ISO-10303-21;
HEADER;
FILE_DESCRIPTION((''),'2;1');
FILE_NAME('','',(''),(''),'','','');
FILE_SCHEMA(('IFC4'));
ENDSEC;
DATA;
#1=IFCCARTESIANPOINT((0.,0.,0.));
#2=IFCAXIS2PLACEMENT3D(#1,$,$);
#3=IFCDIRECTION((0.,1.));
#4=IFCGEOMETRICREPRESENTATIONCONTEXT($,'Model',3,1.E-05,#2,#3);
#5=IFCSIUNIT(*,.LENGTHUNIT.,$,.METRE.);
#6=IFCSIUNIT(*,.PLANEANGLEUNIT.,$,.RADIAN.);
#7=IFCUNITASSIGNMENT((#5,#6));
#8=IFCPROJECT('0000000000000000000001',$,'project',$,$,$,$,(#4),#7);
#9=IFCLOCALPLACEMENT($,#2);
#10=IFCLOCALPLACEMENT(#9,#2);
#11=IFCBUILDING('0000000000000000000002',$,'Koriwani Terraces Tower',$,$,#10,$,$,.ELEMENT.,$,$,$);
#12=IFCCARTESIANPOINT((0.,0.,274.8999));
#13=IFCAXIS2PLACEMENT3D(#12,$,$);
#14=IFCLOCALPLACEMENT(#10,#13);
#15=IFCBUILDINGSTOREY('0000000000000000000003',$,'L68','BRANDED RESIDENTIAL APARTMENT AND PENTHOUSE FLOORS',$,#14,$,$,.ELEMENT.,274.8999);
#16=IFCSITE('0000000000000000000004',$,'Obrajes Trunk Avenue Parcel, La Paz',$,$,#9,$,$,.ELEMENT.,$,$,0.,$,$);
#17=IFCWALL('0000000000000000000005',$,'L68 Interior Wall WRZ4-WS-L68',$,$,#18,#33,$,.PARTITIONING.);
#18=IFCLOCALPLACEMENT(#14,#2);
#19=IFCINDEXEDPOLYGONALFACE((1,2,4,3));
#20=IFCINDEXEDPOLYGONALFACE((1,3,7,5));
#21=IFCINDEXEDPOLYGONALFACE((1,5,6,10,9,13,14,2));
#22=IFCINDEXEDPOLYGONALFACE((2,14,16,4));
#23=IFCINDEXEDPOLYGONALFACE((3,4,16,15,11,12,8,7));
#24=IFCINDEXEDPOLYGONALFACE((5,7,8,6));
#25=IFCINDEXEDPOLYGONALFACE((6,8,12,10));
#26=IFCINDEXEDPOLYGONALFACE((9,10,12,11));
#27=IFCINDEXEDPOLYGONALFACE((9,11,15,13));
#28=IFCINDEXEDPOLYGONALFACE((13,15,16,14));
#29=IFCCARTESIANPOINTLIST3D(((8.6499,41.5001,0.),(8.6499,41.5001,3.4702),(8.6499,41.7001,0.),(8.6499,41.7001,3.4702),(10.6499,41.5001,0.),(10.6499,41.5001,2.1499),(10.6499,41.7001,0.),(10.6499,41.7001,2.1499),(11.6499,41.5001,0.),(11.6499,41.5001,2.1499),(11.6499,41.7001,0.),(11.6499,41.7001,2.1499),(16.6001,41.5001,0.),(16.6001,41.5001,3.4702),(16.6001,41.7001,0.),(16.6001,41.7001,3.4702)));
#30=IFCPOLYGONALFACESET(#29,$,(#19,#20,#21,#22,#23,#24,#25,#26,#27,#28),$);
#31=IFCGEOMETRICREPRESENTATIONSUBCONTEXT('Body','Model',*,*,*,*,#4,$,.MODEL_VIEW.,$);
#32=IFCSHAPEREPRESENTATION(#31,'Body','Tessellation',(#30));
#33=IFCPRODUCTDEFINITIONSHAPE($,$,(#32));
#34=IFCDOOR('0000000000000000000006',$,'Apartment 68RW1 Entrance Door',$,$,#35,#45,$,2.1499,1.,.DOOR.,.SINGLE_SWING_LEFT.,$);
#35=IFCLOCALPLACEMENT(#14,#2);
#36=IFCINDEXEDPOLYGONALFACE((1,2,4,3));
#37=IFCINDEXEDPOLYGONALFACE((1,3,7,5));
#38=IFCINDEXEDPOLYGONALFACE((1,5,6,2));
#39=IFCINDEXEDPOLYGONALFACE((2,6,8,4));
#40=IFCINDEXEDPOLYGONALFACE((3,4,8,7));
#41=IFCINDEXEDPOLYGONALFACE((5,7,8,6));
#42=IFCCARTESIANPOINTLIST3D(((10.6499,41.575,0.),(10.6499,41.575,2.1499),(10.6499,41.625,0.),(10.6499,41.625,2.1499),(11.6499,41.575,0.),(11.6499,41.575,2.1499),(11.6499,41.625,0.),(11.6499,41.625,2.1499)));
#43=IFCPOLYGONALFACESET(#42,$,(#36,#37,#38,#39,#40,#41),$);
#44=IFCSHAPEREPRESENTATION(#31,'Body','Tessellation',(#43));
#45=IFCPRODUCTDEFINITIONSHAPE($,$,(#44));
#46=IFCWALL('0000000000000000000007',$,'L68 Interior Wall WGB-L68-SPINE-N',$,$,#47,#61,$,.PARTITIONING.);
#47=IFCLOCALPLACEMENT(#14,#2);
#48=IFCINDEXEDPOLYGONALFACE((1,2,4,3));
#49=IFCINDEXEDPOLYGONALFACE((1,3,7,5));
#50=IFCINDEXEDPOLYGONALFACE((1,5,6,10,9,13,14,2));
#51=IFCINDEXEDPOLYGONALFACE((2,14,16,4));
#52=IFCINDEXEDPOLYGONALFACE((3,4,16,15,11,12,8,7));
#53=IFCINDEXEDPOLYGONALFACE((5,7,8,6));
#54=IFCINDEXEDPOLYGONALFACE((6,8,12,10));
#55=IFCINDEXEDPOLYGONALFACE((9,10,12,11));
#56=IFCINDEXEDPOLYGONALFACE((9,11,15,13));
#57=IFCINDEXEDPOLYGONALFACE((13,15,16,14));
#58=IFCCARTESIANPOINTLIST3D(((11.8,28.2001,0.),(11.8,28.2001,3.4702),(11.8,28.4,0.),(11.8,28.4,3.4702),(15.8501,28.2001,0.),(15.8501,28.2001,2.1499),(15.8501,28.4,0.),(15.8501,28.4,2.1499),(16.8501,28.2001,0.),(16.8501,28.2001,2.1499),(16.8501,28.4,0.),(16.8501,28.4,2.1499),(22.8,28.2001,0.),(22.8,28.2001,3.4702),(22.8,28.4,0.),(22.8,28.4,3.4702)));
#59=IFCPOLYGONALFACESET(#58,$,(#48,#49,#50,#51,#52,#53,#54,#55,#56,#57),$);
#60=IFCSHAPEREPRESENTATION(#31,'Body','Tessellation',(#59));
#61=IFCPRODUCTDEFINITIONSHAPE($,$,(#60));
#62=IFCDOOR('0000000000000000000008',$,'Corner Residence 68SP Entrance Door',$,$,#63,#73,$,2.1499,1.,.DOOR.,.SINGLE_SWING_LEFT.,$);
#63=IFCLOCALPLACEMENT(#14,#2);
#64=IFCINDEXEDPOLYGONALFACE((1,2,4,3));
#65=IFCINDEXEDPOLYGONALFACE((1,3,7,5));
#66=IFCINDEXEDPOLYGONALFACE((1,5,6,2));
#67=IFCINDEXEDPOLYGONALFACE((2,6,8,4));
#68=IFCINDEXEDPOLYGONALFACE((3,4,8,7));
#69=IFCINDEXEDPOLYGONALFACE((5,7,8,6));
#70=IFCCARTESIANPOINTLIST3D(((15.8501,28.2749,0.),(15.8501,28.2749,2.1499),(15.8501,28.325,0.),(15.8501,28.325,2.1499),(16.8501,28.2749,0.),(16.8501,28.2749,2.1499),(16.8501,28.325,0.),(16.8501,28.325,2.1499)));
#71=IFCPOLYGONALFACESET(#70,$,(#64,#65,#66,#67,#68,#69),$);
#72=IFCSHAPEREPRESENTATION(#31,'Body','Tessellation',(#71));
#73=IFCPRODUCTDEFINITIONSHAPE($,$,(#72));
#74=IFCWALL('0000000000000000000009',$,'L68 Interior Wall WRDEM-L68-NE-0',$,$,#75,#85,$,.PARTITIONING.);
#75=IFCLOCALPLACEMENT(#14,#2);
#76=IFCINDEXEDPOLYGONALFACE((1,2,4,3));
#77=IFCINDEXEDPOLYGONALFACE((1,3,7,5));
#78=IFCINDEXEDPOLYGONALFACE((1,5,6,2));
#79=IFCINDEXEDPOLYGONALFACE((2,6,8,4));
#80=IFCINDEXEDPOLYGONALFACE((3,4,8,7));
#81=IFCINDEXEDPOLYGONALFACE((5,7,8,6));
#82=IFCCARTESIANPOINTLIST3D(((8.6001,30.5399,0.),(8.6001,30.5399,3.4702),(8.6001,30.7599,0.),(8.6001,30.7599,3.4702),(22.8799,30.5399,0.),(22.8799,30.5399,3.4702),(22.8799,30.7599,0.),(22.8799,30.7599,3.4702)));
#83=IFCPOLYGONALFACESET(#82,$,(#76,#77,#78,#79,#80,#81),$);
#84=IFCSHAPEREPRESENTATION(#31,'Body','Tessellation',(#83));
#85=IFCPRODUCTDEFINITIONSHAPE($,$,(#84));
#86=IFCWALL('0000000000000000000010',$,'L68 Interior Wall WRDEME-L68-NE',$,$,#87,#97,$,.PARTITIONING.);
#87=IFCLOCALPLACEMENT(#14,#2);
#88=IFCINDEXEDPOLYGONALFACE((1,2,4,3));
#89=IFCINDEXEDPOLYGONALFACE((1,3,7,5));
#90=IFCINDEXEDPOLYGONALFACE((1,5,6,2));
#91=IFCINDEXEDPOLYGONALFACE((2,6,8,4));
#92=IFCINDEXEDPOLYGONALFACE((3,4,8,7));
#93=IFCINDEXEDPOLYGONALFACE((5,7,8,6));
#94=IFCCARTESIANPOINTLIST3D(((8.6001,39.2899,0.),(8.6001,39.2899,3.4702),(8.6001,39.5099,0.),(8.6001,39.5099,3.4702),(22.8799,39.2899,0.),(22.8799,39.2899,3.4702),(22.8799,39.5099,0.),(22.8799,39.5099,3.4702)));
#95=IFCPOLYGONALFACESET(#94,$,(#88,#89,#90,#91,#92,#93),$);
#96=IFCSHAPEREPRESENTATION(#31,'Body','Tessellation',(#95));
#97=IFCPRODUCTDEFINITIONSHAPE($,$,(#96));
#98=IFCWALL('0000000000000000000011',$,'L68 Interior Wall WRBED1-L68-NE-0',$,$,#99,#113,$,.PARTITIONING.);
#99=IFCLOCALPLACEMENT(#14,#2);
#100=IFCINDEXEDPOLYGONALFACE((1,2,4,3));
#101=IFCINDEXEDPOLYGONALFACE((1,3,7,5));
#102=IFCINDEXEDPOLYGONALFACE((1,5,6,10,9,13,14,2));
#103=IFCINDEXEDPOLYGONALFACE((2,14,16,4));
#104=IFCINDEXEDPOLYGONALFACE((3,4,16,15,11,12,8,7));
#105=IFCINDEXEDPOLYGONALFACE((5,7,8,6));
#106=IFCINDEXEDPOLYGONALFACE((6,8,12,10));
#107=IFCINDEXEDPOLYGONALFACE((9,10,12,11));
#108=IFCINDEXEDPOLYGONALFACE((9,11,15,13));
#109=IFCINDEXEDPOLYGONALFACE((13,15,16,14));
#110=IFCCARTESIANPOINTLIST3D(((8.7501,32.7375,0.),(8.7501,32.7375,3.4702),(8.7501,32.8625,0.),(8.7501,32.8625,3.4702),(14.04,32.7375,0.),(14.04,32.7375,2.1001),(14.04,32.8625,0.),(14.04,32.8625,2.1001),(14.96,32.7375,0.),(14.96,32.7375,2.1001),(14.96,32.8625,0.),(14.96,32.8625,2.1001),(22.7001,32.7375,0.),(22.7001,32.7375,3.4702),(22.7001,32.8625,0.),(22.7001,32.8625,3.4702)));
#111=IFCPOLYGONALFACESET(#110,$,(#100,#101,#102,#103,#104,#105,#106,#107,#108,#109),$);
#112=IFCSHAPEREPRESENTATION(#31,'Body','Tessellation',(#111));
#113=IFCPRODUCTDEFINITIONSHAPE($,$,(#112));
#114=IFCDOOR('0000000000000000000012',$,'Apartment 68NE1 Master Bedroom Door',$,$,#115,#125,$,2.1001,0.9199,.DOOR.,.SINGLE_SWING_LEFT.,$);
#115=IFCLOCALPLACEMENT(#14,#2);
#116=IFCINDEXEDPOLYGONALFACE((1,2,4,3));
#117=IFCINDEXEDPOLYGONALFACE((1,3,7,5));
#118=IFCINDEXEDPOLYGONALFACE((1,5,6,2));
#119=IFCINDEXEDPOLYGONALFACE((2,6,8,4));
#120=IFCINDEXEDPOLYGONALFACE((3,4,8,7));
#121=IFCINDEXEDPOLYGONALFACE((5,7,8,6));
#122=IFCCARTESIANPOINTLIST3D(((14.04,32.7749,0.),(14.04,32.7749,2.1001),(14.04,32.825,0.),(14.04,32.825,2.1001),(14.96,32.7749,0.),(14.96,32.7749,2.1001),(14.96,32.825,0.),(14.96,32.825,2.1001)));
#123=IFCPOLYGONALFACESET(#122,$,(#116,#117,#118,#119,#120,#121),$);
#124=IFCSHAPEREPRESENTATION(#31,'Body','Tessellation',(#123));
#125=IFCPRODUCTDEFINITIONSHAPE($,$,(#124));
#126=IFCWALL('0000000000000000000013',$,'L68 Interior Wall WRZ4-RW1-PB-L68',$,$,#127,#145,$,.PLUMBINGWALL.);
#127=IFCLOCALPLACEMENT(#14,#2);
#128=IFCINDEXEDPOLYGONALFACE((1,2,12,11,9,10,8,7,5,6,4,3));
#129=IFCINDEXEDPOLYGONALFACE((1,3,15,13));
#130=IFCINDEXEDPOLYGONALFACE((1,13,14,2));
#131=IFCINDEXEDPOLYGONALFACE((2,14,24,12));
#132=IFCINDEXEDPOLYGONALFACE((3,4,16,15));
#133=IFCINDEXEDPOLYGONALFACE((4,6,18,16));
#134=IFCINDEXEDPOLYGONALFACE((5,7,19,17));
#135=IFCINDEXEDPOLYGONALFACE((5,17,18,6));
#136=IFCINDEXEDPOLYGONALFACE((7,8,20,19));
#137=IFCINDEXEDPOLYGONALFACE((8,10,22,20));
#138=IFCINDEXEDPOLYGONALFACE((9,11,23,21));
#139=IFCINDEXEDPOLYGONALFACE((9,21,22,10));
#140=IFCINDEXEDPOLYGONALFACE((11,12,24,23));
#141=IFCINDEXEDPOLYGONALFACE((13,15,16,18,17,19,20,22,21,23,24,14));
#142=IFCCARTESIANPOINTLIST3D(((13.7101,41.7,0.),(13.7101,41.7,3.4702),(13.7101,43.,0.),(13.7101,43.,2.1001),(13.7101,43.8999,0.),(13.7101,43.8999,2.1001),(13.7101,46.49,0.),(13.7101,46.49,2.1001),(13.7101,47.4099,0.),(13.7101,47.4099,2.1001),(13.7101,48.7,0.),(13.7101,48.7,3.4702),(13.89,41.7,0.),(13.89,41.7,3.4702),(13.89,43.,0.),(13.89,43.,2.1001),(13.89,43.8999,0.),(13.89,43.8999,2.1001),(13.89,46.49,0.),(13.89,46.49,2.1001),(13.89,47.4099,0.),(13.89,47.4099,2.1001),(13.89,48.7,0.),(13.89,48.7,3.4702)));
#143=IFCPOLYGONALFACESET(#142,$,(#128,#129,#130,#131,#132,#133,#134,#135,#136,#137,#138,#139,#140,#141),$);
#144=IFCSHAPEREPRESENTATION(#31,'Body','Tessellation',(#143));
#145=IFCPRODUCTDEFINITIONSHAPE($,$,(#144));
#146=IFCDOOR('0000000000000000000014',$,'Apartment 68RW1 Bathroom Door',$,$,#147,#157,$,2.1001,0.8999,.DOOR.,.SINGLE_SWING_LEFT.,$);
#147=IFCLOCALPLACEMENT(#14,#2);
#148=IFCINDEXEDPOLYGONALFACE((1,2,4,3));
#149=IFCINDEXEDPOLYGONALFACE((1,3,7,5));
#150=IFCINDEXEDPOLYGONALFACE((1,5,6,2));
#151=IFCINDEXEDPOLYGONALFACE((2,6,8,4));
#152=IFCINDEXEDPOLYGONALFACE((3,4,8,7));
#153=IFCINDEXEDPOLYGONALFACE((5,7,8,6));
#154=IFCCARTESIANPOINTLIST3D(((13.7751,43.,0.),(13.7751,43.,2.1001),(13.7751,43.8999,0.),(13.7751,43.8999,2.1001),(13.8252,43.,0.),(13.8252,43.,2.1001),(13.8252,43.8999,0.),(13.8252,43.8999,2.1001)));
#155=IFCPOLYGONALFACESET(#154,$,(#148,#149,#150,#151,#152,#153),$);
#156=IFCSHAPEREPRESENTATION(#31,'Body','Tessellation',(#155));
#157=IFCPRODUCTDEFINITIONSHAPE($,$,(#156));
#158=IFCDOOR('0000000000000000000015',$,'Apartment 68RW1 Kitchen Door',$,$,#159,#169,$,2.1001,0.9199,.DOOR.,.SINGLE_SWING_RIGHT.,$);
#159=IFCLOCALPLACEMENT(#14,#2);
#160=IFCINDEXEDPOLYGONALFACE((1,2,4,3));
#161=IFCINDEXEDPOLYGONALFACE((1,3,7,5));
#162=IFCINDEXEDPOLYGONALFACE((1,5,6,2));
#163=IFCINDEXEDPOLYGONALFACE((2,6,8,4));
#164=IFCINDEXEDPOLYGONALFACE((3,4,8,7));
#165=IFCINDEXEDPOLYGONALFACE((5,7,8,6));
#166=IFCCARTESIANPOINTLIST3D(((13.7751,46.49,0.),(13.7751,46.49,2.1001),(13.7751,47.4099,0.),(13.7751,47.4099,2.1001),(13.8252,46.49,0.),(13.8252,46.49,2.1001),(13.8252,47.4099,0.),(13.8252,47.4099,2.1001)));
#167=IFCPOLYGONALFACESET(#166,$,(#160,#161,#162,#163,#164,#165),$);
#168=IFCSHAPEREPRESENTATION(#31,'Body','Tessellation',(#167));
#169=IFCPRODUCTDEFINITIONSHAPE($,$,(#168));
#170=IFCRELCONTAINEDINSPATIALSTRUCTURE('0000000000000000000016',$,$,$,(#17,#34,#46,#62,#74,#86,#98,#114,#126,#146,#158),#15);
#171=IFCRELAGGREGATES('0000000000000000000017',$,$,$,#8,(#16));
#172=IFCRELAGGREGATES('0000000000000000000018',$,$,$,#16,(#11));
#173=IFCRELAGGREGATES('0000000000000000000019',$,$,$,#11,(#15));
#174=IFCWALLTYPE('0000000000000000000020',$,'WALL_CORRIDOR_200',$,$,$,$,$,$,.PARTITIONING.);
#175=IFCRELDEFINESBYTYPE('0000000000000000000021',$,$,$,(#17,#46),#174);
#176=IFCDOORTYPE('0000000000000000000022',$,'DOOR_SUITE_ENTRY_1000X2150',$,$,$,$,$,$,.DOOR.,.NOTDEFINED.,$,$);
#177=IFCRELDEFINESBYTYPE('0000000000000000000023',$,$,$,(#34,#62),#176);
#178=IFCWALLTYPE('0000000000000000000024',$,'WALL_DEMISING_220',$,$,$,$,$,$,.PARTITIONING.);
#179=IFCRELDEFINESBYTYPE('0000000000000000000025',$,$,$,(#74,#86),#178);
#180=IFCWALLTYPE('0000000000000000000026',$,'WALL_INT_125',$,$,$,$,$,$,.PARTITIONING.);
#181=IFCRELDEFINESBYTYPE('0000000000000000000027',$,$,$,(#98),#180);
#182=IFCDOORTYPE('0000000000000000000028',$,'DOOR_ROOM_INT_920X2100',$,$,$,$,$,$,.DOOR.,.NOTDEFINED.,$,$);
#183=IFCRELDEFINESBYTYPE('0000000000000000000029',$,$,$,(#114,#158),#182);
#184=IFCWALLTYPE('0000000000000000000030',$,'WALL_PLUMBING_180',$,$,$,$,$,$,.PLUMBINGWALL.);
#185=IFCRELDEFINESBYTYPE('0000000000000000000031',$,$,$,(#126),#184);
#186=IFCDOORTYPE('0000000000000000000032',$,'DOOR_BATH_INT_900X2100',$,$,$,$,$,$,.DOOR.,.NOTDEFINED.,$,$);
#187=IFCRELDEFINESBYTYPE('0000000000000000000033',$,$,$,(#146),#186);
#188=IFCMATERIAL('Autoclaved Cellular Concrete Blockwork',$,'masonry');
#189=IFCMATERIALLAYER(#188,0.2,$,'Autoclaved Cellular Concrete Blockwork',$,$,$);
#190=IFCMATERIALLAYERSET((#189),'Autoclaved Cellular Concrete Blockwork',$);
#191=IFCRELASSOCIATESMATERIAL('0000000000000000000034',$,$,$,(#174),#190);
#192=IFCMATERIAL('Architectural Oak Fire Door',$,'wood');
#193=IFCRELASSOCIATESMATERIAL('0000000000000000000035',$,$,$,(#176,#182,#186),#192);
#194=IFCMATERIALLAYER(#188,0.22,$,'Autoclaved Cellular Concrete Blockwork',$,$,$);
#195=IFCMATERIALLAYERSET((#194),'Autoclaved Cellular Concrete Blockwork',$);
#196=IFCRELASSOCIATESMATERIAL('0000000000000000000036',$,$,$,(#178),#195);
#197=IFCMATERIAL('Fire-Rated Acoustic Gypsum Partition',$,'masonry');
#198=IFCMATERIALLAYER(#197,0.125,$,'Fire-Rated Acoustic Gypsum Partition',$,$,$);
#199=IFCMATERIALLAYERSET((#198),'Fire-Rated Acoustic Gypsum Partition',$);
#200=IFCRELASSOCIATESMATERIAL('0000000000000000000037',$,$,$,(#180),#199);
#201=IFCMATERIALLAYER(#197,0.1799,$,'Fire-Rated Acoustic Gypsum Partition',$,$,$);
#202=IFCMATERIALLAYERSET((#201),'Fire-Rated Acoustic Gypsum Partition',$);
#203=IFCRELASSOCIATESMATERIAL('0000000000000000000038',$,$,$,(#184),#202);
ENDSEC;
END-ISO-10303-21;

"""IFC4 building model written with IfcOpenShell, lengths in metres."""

from ifc_helpers import new_model, si_unit, direction, frame, frame_2d, origin, place, context, subcontext, project, spatial, rectangle, extrude, material, layer, layer_set, type_object, element, fill, save


model = new_model("IFC4")

# Units and contexts
model_context = context("Model", 3, precision=1e-05, world=origin(), true_north=direction((0.0, 1.0)))
body_context = subcontext(model_context, "Body", "Model", "MODEL_VIEW")
ifc_project = project(units=[si_unit("LENGTHUNIT", "METRE"), si_unit("PLANEANGLEUNIT", "RADIAN")], contexts=[model_context])

# Site, building, storey
site_placement = place(None, origin())
site = spatial("IfcSite", under=ifc_project, at=site_placement, Name="Obrajes Trunk Avenue Parcel, La Paz", CompositionType="ELEMENT", RefElevation=0.0)
building_placement = place(site_placement, origin())
building = spatial("IfcBuilding", under=site, at=building_placement, Name="Koriwani Terraces Tower", CompositionType="ELEMENT")
storey_placement = place(building_placement, frame((0.0, 0.0, 274.8999)))
storey = spatial("IfcBuildingStorey", under=building, at=storey_placement, Name="L68", Description="BRANDED RESIDENTIAL APARTMENT AND PENTHOUSE FLOORS", CompositionType="ELEMENT", Elevation=274.8999)

# Walls, openings, doors
ifc_material_1 = material(Name="Autoclaved Cellular Concrete Blockwork", Category="masonry")
ifc_layer_1 = layer(ifc_material_1, 0.2, Name="Autoclaved Cellular Concrete Blockwork")
ifc_layer_set_1 = layer_set([ifc_layer_1], Name="Autoclaved Cellular Concrete Blockwork")
wall_type_1 = type_object("IfcWallType", Name="WALL_CORRIDOR_200", PredefinedType="PARTITIONING", material=ifc_layer_set_1)
wall_1_placement = place(storey_placement, frame((8.6499, 41.6001, 0.0), z_axis=(0.0, 0.0, 1.0), x_axis=(1.0, 0.0, 0.0)))
wall_1 = element("IfcWall", 1, at=wall_1_placement, inside=storey, type_object=wall_type_1, Name="L68 Interior Wall WRZ4-WS-L68", PredefinedType="PARTITIONING", context=body_context, shape_type="SweptSolid", body=[
    extrude(rectangle(XDim=7.9502, YDim=0.2, at=frame_2d((3.9751, 0.0))), origin(), (0.0, 0.0, 1.0), 3.4702),
])
opening_1_placement = place(wall_1_placement, frame((2.0, 0.0, 0.0)))
opening_1 = element("IfcOpeningElement", 2, at=opening_1_placement, cuts=wall_1, PredefinedType="OPENING", context=body_context, shape_type="SweptSolid", body=[
    extrude(rectangle(XDim=1.0, YDim=2.1499, at=frame_2d((0.5, 1.075))), frame((0.0, 0.1099, 0.0), z_axis=(0.0, -1.0, 0.0), x_axis=(1.0, 0.0, 0.0)), (0.0, 0.0, 1.0), 0.22),
])
ifc_material_2 = material(Name="Architectural Oak Fire Door", Category="wood")
door_type_1 = type_object("IfcDoorType", Name="DOOR_SUITE_ENTRY_1000X2150", OperationType="NOTDEFINED", PredefinedType="DOOR", material=ifc_material_2)
door_1_placement = place(opening_1_placement, origin())
door_1 = element("IfcDoor", 3, at=door_1_placement, inside=storey, type_object=door_type_1, Name="Apartment 68RW1 Entrance Door", OperationType="SINGLE_SWING_LEFT", OverallHeight=2.1499, OverallWidth=1.0, PredefinedType="DOOR", context=body_context, shape_type="SweptSolid", body=[
    extrude(rectangle(XDim=1.0, YDim=2.1499, at=frame_2d((0.5, 1.075))), frame((0.0, 0.0249, 0.0), z_axis=(0.0, -1.0, 0.0), x_axis=(1.0, 0.0, 0.0)), (0.0, 0.0, 1.0), 0.05),
])
fill(opening_1, door_1)
wall_2_placement = place(storey_placement, frame((11.8, 28.3, 0.0), z_axis=(0.0, 0.0, 1.0), x_axis=(1.0, 0.0, 0.0)))
wall_2 = element("IfcWall", 4, at=wall_2_placement, inside=storey, type_object=wall_type_1, Name="L68 Interior Wall WGB-L68-SPINE-N", PredefinedType="PARTITIONING", context=body_context, shape_type="SweptSolid", body=[
    extrude(rectangle(XDim=11.0, YDim=0.2, at=frame_2d((5.5, 0.0))), origin(), (0.0, 0.0, 1.0), 3.4702),
])
opening_2_placement = place(wall_2_placement, frame((4.05, 0.0, 0.0)))
opening_2 = element("IfcOpeningElement", 5, at=opening_2_placement, cuts=wall_2, PredefinedType="OPENING", context=body_context, shape_type="SweptSolid", body=[
    extrude(rectangle(XDim=1.0, YDim=2.1499, at=frame_2d((0.5, 1.075))), frame((0.0, 0.1099, 0.0), z_axis=(0.0, -1.0, 0.0), x_axis=(1.0, 0.0, 0.0)), (0.0, 0.0, 1.0), 0.22),
])
door_2_placement = place(opening_2_placement, origin())
door_2 = element("IfcDoor", 6, at=door_2_placement, inside=storey, type_object=door_type_1, Name="Corner Residence 68SP Entrance Door", OperationType="SINGLE_SWING_LEFT", OverallHeight=2.1499, OverallWidth=1.0, PredefinedType="DOOR", context=body_context, shape_type="SweptSolid", body=[
    extrude(rectangle(XDim=1.0, YDim=2.1499, at=frame_2d((0.5, 1.075))), frame((0.0, 0.0249, 0.0), z_axis=(0.0, -1.0, 0.0), x_axis=(1.0, 0.0, 0.0)), (0.0, 0.0, 1.0), 0.05),
])
fill(opening_2, door_2)

# Walls
ifc_layer_2 = layer(ifc_material_1, 0.22, Name="Autoclaved Cellular Concrete Blockwork")
ifc_layer_set_2 = layer_set([ifc_layer_2], Name="Autoclaved Cellular Concrete Blockwork")
wall_type_2 = type_object("IfcWallType", Name="WALL_DEMISING_220", PredefinedType="PARTITIONING", material=ifc_layer_set_2)
for number, where, z_axis, x_axis, name in (
    (7, (8.6001, 30.6499, 0.0), (0.0, 0.0, 1.0), (1.0, 0.0, 0.0), "L68 Interior Wall WRDEM-L68-NE-0"),
    (8, (8.6001, 39.3999, 0.0), (0.0, 0.0, 1.0), (1.0, 0.0, 0.0), "L68 Interior Wall WRDEME-L68-NE"),
):
    element("IfcWall", number, at=place(storey_placement, frame(where, z_axis=z_axis, x_axis=x_axis)), inside=storey, type_object=wall_type_2, Name=name, PredefinedType="PARTITIONING", context=body_context, shape_type="SweptSolid", body=[
        extrude(rectangle(XDim=14.2798, YDim=0.22, at=frame_2d((7.1399, 0.0))), origin(), (0.0, 0.0, 1.0), 3.4702),
    ])

# Wall, opening, door
ifc_material_3 = material(Name="Fire-Rated Acoustic Gypsum Partition", Category="masonry")
ifc_layer_3 = layer(ifc_material_3, 0.125, Name="Fire-Rated Acoustic Gypsum Partition")
ifc_layer_set_3 = layer_set([ifc_layer_3], Name="Fire-Rated Acoustic Gypsum Partition")
wall_type_3 = type_object("IfcWallType", Name="WALL_INT_125", PredefinedType="PARTITIONING", material=ifc_layer_set_3)
wall_3_placement = place(storey_placement, frame((8.75, 32.8, 0.0), z_axis=(0.0, 0.0, 1.0), x_axis=(1.0, 0.0, 0.0)))
wall_3 = element("IfcWall", 9, at=wall_3_placement, inside=storey, type_object=wall_type_3, Name="L68 Interior Wall WRBED1-L68-NE-0", PredefinedType="PARTITIONING", context=body_context, shape_type="SweptSolid", body=[
    extrude(rectangle(XDim=13.95, YDim=0.125, at=frame_2d((6.9751, 0.0))), origin(), (0.0, 0.0, 1.0), 3.4702),
])
opening_3_placement = place(wall_3_placement, frame((5.29, 0.0, 0.0)))
opening_3 = element("IfcOpeningElement", 10, at=opening_3_placement, cuts=wall_3, PredefinedType="OPENING", context=body_context, shape_type="SweptSolid", body=[
    extrude(rectangle(XDim=0.9199, YDim=2.1001, at=frame_2d((0.46, 1.05))), frame((0.0, 0.0725, 0.0), z_axis=(0.0, -1.0, 0.0), x_axis=(1.0, 0.0, 0.0)), (0.0, 0.0, 1.0), 0.145),
])
door_type_2 = type_object("IfcDoorType", Name="DOOR_ROOM_INT_920X2100", OperationType="NOTDEFINED", PredefinedType="DOOR", material=ifc_material_2)
door_3_placement = place(opening_3_placement, origin())
door_3 = element("IfcDoor", 11, at=door_3_placement, inside=storey, type_object=door_type_2, Name="Apartment 68NE1 Master Bedroom Door", OperationType="SINGLE_SWING_LEFT", OverallHeight=2.1001, OverallWidth=0.9199, PredefinedType="DOOR", context=body_context, shape_type="SweptSolid", body=[
    extrude(rectangle(XDim=0.9199, YDim=2.1001, at=frame_2d((0.46, 1.05))), frame((0.0, 0.0249, 0.0), z_axis=(0.0, -1.0, 0.0), x_axis=(1.0, 0.0, 0.0)), (0.0, 0.0, 1.0), 0.05),
])
fill(opening_3, door_3)

# Wall, openings, doors
ifc_layer_4 = layer(ifc_material_3, 0.1799, Name="Fire-Rated Acoustic Gypsum Partition")
ifc_layer_set_4 = layer_set([ifc_layer_4], Name="Fire-Rated Acoustic Gypsum Partition")
wall_type_4 = type_object("IfcWallType", Name="WALL_PLUMBING_180", PredefinedType="PLUMBINGWALL", material=ifc_layer_set_4)
wall_4_placement = place(storey_placement, frame((13.8, 41.7, 0.0), z_axis=(0.0, 0.0, 1.0), x_axis=(0.0, 1.0, 0.0)))
wall_4 = element("IfcWall", 12, at=wall_4_placement, inside=storey, type_object=wall_type_4, Name="L68 Interior Wall WRZ4-RW1-PB-L68", PredefinedType="PLUMBINGWALL", context=body_context, shape_type="SweptSolid", body=[
    extrude(rectangle(XDim=7.0, YDim=0.1799, at=frame_2d((3.5, 0.0))), origin(), (0.0, 0.0, 1.0), 3.4702),
])
opening_4_placement = place(wall_4_placement, frame((1.3, 0.0, 0.0)))
opening_4 = element("IfcOpeningElement", 13, at=opening_4_placement, cuts=wall_4, PredefinedType="OPENING", context=body_context, shape_type="SweptSolid", body=[
    extrude(rectangle(XDim=0.8999, YDim=2.1001, at=frame_2d((0.45, 1.05))), frame((0.0, 0.1001, 0.0), z_axis=(0.0, -1.0, 0.0), x_axis=(1.0, 0.0, 0.0)), (0.0, 0.0, 1.0), 0.2),
])
opening_5_placement = place(wall_4_placement, frame((4.79, 0.0, 0.0)))
opening_5 = element("IfcOpeningElement", 14, at=opening_5_placement, cuts=wall_4, PredefinedType="OPENING", context=body_context, shape_type="SweptSolid", body=[
    extrude(rectangle(XDim=0.9199, YDim=2.1001, at=frame_2d((0.46, 1.05))), frame((0.0, 0.1001, 0.0), z_axis=(0.0, -1.0, 0.0), x_axis=(1.0, 0.0, 0.0)), (0.0, 0.0, 1.0), 0.2),
])
door_type_3 = type_object("IfcDoorType", Name="DOOR_BATH_INT_900X2100", OperationType="NOTDEFINED", PredefinedType="DOOR", material=ifc_material_2)
door_4_placement = place(opening_4_placement, origin())
door_4 = element("IfcDoor", 15, at=door_4_placement, inside=storey, type_object=door_type_3, Name="Apartment 68RW1 Bathroom Door", OperationType="SINGLE_SWING_LEFT", OverallHeight=2.1001, OverallWidth=0.8999, PredefinedType="DOOR", context=body_context, shape_type="SweptSolid", body=[
    extrude(rectangle(XDim=0.8999, YDim=2.1001, at=frame_2d((0.45, 1.05))), frame((0.0, 0.0249, 0.0), z_axis=(0.0, -1.0, 0.0), x_axis=(1.0, 0.0, 0.0)), (0.0, 0.0, 1.0), 0.05),
])
fill(opening_4, door_4)
door_5_placement = place(opening_5_placement, origin())
door_5 = element("IfcDoor", 16, at=door_5_placement, inside=storey, type_object=door_type_2, Name="Apartment 68RW1 Kitchen Door", OperationType="SINGLE_SWING_RIGHT", OverallHeight=2.1001, OverallWidth=0.9199, PredefinedType="DOOR", context=body_context, shape_type="SweptSolid", body=[
    extrude(rectangle(XDim=0.9199, YDim=2.1001, at=frame_2d((0.46, 1.05))), frame((0.0, 0.0249, 0.0), z_axis=(0.0, -1.0, 0.0), x_axis=(1.0, 0.0, 0.0)), (0.0, 0.0, 1.0), 0.05),
])
fill(opening_5, door_5)

save(model, "model.ifc")
